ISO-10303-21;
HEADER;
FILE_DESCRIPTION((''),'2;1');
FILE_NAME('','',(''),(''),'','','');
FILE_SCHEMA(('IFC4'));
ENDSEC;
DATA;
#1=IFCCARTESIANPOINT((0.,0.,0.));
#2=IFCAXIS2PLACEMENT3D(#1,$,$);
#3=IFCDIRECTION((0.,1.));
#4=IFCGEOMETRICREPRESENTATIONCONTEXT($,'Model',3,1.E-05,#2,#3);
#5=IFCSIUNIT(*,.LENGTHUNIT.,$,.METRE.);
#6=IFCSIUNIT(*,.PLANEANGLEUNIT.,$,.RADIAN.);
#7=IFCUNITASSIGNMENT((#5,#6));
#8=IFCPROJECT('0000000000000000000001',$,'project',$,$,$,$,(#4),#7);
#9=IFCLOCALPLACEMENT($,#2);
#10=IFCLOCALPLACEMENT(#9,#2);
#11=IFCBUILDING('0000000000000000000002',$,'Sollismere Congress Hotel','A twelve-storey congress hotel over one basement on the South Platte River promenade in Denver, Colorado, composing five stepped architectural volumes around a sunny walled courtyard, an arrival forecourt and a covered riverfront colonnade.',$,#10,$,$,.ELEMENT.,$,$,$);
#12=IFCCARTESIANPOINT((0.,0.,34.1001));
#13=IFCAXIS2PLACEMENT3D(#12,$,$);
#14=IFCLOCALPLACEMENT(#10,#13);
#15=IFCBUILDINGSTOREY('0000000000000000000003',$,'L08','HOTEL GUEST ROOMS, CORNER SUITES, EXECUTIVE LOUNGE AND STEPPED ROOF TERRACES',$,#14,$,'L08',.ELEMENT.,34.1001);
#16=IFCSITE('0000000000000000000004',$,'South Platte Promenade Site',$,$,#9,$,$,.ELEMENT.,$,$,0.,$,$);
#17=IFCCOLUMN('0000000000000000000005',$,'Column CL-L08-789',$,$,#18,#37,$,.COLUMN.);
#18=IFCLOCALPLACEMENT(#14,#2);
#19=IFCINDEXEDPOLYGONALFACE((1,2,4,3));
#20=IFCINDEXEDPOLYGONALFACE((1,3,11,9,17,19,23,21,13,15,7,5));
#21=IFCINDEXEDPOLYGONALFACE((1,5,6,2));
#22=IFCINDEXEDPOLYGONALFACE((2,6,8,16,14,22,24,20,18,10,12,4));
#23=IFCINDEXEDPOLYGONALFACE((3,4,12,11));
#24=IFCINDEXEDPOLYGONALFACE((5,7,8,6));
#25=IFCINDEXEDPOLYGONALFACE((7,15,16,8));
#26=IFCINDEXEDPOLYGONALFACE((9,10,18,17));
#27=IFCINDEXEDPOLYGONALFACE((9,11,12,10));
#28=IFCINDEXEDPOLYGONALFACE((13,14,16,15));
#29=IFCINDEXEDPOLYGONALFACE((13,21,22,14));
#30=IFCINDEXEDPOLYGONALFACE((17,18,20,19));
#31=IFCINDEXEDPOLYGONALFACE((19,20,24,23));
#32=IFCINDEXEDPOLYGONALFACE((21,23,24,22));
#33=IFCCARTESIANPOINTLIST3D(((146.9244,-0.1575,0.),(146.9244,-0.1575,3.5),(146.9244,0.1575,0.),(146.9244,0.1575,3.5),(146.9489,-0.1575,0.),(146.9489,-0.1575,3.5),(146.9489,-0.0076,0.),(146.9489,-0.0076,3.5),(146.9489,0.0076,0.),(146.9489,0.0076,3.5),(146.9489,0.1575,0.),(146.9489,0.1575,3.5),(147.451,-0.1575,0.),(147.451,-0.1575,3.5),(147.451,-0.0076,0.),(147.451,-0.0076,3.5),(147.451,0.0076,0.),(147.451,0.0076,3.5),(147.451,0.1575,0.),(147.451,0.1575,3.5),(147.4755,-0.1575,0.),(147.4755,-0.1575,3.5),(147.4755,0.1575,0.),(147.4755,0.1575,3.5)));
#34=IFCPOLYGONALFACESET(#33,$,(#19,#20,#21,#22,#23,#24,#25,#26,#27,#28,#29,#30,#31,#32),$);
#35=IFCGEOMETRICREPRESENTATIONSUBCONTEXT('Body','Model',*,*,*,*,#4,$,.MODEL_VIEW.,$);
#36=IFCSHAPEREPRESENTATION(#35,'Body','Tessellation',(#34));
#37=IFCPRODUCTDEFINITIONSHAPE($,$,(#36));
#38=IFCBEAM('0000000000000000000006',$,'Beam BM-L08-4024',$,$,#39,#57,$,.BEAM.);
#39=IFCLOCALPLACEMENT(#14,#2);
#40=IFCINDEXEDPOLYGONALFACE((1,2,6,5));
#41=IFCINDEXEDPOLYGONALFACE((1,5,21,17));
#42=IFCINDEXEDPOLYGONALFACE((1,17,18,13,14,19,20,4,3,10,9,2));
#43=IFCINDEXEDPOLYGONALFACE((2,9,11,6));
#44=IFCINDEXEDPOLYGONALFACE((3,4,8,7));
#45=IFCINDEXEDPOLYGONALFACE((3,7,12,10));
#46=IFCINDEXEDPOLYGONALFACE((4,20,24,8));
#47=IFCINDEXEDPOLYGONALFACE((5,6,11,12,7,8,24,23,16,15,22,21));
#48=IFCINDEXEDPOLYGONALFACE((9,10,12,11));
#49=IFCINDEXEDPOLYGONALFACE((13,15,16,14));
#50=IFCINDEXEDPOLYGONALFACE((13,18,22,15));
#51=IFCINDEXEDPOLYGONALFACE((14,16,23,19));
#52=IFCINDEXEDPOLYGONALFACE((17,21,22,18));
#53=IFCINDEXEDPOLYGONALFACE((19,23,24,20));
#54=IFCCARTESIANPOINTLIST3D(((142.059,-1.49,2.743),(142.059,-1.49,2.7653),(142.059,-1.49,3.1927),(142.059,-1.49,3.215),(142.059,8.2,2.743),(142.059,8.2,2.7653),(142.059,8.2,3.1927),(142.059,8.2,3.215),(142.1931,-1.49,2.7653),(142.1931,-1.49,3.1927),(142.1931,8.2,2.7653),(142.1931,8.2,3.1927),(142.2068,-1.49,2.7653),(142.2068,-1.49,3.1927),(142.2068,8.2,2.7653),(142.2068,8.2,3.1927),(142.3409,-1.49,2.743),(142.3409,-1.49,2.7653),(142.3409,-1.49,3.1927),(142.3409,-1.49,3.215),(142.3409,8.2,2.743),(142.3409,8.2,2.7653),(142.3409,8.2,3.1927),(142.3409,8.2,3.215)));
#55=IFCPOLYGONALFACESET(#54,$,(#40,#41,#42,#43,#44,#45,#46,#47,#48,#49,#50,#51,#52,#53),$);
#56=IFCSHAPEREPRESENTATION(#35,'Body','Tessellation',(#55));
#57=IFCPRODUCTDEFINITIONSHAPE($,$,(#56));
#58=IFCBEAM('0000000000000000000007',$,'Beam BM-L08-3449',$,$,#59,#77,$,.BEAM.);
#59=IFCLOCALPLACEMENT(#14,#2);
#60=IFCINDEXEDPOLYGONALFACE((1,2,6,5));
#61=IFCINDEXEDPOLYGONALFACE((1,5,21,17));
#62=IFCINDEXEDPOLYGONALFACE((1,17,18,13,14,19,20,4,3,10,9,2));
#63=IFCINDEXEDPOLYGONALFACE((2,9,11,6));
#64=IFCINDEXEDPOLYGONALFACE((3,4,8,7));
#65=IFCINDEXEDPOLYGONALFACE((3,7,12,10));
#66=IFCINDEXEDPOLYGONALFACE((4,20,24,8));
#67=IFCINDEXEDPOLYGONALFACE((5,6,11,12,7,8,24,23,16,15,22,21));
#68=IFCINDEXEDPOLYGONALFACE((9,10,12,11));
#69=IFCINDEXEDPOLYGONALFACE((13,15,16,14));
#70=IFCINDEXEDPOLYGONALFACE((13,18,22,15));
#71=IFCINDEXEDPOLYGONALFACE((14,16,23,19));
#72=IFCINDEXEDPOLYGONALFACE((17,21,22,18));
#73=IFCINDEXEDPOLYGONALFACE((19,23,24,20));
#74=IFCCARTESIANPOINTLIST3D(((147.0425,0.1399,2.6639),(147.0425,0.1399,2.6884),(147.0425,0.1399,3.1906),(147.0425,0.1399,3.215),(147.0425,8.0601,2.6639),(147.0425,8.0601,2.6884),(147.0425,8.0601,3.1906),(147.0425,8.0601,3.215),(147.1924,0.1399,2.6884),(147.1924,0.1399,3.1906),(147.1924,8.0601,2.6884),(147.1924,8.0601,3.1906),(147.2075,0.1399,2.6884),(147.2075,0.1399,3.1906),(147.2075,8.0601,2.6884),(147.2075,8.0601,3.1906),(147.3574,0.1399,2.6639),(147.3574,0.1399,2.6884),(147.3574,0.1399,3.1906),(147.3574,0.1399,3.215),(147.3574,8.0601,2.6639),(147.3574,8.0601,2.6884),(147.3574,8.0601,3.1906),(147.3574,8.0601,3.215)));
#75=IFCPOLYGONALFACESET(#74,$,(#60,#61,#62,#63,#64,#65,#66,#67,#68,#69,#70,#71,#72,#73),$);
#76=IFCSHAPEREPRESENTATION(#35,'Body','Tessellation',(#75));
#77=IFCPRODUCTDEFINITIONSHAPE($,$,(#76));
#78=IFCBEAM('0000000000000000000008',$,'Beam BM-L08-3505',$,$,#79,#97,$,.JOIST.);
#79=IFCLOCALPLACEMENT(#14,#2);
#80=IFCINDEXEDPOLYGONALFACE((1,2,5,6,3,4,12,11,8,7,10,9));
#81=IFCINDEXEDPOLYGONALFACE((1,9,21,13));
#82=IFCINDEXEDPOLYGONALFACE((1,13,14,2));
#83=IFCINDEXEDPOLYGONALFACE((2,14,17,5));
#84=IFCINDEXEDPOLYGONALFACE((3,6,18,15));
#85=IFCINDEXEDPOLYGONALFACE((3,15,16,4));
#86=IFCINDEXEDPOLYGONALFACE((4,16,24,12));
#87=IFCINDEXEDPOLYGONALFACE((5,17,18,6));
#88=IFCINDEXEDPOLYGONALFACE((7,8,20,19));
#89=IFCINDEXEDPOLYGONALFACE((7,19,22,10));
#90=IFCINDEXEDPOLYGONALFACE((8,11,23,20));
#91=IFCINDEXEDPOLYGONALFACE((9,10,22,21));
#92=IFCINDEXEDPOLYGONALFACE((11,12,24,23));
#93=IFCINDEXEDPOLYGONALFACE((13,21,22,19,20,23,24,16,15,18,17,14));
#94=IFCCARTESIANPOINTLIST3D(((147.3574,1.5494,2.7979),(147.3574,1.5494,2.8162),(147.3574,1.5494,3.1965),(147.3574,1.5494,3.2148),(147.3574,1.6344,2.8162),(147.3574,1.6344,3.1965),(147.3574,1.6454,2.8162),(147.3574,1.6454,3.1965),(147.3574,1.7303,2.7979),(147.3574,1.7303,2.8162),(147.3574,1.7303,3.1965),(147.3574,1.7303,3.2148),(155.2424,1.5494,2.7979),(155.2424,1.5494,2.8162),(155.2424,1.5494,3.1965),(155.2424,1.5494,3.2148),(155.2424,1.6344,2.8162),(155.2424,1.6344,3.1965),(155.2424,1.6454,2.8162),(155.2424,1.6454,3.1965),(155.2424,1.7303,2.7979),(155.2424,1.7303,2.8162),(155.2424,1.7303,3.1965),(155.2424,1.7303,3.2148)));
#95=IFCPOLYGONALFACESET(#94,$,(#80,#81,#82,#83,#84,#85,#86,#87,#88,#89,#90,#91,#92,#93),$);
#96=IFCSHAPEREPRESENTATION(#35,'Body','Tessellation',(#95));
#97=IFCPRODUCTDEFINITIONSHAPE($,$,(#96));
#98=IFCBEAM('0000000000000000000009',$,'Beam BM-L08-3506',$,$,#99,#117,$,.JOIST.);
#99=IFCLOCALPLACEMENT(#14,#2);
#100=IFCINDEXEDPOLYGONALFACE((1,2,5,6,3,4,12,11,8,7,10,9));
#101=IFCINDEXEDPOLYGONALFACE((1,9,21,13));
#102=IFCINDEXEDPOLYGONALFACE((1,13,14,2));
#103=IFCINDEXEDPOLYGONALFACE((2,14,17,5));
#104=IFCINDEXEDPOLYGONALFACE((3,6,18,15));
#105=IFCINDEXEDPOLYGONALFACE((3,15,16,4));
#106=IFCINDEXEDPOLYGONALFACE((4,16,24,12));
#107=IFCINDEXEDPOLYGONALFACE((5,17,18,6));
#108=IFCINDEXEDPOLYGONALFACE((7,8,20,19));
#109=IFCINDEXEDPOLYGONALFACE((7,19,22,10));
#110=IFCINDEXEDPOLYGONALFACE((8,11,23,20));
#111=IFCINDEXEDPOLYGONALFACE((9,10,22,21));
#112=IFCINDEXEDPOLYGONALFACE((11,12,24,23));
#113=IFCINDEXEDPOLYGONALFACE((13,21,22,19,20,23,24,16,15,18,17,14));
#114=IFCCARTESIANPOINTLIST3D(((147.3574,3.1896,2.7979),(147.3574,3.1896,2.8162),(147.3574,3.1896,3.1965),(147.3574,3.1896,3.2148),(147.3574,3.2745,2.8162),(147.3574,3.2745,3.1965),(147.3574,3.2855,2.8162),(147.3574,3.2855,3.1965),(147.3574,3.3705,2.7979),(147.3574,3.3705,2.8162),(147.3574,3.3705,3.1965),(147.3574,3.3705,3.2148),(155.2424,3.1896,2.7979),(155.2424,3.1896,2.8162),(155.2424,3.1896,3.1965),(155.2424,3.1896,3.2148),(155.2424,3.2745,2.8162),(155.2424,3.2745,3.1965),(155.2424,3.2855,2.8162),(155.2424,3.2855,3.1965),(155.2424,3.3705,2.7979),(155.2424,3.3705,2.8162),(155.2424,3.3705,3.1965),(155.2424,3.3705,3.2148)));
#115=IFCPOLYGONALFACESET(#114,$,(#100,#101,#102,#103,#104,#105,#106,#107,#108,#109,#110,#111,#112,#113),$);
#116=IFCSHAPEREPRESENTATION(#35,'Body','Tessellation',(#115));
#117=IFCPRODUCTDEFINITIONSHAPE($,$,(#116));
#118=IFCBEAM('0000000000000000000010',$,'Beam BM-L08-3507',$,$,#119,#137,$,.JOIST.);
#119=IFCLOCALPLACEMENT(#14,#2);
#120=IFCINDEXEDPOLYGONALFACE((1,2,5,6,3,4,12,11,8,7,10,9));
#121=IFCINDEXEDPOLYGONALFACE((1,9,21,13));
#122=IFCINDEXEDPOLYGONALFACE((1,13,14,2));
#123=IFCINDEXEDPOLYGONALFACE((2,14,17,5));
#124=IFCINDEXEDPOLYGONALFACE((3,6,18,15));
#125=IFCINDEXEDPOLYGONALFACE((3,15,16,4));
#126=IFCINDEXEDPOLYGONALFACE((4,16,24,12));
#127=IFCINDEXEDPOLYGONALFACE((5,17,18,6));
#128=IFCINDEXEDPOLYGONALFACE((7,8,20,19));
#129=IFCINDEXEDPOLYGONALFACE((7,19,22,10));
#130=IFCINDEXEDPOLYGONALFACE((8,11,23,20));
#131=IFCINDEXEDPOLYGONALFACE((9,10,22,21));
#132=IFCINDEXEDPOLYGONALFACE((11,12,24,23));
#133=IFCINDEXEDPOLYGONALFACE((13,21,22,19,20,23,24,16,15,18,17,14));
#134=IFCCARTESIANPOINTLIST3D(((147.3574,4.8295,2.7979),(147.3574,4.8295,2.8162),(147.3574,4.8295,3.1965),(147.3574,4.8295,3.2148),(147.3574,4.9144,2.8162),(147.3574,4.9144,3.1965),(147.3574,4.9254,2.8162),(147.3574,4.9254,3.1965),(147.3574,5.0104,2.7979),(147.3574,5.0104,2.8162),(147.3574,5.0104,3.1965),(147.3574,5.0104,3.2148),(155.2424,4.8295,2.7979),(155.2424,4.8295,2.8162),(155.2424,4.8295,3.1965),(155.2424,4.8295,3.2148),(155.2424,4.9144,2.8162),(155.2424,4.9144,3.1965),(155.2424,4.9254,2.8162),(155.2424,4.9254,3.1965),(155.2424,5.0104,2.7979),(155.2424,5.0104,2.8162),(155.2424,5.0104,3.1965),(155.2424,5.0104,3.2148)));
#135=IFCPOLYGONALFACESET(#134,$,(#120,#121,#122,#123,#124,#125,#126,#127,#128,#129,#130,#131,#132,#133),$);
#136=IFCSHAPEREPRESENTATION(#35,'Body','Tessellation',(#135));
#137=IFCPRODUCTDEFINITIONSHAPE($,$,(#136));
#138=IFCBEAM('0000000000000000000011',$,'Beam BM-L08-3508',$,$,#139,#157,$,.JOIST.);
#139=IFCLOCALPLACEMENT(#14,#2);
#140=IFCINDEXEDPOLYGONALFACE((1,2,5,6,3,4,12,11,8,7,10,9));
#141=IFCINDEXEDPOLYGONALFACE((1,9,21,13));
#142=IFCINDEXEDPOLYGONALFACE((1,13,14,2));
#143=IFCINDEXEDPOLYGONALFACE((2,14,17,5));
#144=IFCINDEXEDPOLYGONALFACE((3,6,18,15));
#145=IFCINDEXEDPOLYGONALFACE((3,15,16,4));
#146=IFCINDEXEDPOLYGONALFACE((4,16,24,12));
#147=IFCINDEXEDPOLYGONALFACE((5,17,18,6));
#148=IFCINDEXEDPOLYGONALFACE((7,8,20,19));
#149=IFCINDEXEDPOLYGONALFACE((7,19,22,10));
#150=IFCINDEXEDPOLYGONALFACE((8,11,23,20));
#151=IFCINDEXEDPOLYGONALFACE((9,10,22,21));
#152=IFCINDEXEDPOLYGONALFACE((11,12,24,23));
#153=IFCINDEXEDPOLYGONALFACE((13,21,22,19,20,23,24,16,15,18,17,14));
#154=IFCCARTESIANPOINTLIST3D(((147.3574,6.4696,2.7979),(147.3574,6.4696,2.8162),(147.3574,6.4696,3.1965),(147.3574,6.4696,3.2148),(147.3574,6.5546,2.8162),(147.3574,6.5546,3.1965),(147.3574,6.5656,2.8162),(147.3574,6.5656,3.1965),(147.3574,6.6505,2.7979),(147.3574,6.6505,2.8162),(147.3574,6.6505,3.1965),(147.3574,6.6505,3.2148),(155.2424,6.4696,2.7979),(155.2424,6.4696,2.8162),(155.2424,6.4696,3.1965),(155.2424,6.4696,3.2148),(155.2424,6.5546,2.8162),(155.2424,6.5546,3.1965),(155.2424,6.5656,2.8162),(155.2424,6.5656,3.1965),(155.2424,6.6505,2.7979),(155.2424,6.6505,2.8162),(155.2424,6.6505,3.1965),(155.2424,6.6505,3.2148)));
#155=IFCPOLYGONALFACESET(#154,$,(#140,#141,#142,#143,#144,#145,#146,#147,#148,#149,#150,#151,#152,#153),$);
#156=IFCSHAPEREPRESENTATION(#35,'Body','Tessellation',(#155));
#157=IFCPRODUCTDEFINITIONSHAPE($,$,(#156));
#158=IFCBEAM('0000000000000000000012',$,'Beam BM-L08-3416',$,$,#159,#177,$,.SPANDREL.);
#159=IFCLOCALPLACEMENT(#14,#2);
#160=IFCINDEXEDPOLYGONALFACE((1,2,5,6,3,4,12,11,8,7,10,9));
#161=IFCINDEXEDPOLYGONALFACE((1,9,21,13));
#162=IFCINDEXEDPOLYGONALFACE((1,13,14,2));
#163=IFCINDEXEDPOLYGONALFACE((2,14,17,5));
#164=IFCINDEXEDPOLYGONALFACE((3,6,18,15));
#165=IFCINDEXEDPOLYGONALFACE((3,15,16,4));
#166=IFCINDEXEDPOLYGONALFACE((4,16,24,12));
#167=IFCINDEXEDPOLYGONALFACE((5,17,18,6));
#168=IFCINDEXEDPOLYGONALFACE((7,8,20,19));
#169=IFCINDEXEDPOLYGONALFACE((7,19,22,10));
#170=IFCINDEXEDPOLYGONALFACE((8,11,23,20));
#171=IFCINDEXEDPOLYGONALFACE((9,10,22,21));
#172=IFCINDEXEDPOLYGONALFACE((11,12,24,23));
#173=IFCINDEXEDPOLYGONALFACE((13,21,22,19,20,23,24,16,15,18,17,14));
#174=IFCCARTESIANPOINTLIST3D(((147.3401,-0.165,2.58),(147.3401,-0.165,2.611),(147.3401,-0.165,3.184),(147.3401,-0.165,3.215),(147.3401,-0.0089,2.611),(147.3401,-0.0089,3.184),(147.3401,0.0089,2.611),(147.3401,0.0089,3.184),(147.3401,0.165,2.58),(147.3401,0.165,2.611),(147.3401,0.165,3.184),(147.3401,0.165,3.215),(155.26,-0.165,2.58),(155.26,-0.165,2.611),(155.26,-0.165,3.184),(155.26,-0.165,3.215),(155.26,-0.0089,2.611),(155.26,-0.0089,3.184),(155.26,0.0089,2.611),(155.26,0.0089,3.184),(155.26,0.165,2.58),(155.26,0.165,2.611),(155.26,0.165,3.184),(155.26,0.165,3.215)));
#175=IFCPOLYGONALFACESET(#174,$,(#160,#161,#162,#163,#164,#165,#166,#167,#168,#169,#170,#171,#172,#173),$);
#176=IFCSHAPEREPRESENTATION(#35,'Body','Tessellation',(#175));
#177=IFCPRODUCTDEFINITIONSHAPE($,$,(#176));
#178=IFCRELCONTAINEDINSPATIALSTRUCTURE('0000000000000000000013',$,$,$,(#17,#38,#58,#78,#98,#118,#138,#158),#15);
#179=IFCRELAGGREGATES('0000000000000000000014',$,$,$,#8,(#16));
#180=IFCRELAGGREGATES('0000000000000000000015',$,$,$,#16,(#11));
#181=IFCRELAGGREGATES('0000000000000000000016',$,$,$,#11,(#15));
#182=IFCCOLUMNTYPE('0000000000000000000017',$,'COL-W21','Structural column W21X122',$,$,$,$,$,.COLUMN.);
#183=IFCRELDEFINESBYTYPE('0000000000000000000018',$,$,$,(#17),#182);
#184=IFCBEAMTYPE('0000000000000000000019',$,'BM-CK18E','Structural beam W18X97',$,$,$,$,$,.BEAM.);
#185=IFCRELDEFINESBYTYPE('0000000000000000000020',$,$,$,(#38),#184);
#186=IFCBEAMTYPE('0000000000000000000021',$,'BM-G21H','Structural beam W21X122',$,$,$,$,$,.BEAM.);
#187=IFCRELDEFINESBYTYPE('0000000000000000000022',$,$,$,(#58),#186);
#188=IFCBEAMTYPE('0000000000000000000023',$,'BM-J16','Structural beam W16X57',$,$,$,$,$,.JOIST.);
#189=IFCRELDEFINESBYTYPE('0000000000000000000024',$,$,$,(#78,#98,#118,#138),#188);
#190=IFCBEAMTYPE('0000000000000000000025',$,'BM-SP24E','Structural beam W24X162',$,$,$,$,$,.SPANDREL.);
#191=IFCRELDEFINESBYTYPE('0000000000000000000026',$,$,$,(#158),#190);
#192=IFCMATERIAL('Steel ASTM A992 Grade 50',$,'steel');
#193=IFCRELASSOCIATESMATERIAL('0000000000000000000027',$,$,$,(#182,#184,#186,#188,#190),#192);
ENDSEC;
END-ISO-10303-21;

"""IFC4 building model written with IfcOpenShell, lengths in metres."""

from ifc_helpers import new_model, si_unit, direction, frame, origin, origin_2d, place, context, subcontext, project, spatial, i_section, extrude, material, material_profile, profile_set, type_object, element, save


model = new_model("IFC4")

# Units and contexts
model_context = context("Model", 3, precision=1e-05, world=origin(), true_north=direction((0.0, 1.0)))
body_context = subcontext(model_context, "Body", "Model", "MODEL_VIEW")
ifc_project = project(units=[si_unit("LENGTHUNIT", "METRE"), si_unit("PLANEANGLEUNIT", "RADIAN")], contexts=[model_context])

# Site, building, storey
site_placement = place(None, origin())
site = spatial("IfcSite", under=ifc_project, at=site_placement, Name="South Platte Promenade Site", CompositionType="ELEMENT", RefElevation=0.0)
building_placement = place(site_placement, origin())
building = spatial("IfcBuilding", under=site, at=building_placement, Name="Sollismere Congress Hotel", Description="A twelve-storey congress hotel over one basement on the South Platte River promenade in Denver, Colorado, composing five stepped architectural volumes around a sunny walled courtyard, an arrival forecourt and a covered riverfront colonnade.", CompositionType="ELEMENT")
storey_placement = place(building_placement, frame((0.0, 0.0, 34.1001)))
storey = spatial("IfcBuildingStorey", under=building, at=storey_placement, Name="L08", Description="HOTEL GUEST ROOMS, CORNER SUITES, EXECUTIVE LOUNGE AND STEPPED ROOF TERRACES", LongName="L08", CompositionType="ELEMENT", Elevation=34.1001)

# Column
ifc_material_1 = material(Name="Steel ASTM A992 Grade 50", Category="steel")
ifc_material_profile_1 = material_profile(ifc_material_1, i_section(OverallWidth=0.3149, OverallDepth=0.551, WebThickness=0.0151, FlangeThickness=0.0244, at=origin_2d()), Name="W21X122")
ifc_profile_set_1 = profile_set([ifc_material_profile_1], Name="Steel ASTM A992 Grade 50")
column_type = type_object("IfcColumnType", Name="COL-W21", Description="Structural column W21X122", PredefinedType="COLUMN", material=ifc_profile_set_1)
column_placement = place(storey_placement, frame((147.2, 0.0, 0.0), z_axis=(0.0, 0.0, 1.0), x_axis=(0.0, 1.0, 0.0)))
element("IfcColumn", 1, at=column_placement, inside=storey, type_object=column_type, Name="Column CL-L08-789", PredefinedType="COLUMN", context=body_context, shape_type="SweptSolid", body=[
    extrude(i_section(OverallWidth=0.3149, OverallDepth=0.551, WebThickness=0.0151, FlangeThickness=0.0244, at=origin_2d()), origin(), (0.0, 0.0, 1.0), 3.5),
])

# Beams
ifc_material_profile_2 = material_profile(ifc_material_1, i_section(OverallWidth=0.282, OverallDepth=0.4719, WebThickness=0.0137, FlangeThickness=0.0222, at=origin_2d()), Name="W18X97")
ifc_profile_set_2 = profile_set([ifc_material_profile_2], Name="Steel ASTM A992 Grade 50")
beam_type_1 = type_object("IfcBeamType", Name="BM-CK18E", Description="Structural beam W18X97", PredefinedType="BEAM", material=ifc_profile_set_2)
beam_1_placement = place(storey_placement, frame((142.2, 8.2, 2.979), z_axis=(0.0, -1.0, 0.0), x_axis=(1.0, 0.0, 0.0)))
element("IfcBeam", 2, at=beam_1_placement, inside=storey, type_object=beam_type_1, Name="Beam BM-L08-4024", PredefinedType="BEAM", context=body_context, shape_type="SweptSolid", body=[
    extrude(i_section(OverallWidth=0.282, OverallDepth=0.4719, WebThickness=0.0137, FlangeThickness=0.0222, at=origin_2d()), origin(), (0.0, 0.0, 1.0), 9.6899),
])
ifc_material_profile_3 = material_profile(ifc_material_1, i_section(OverallWidth=0.3149, OverallDepth=0.551, WebThickness=0.0151, FlangeThickness=0.0244, at=origin_2d()), Name="W21X122")
ifc_profile_set_3 = profile_set([ifc_material_profile_3], Name="Steel ASTM A992 Grade 50")
beam_type_2 = type_object("IfcBeamType", Name="BM-G21H", Description="Structural beam W21X122", PredefinedType="BEAM", material=ifc_profile_set_3)
beam_2_placement = place(storey_placement, frame((147.2, 0.1399, 2.9395), z_axis=(0.0, 1.0, 0.0), x_axis=(-1.0, 0.0, 0.0)))
element("IfcBeam", 3, at=beam_2_placement, inside=storey, type_object=beam_type_2, Name="Beam BM-L08-3449", PredefinedType="BEAM", context=body_context, shape_type="SweptSolid", body=[
    extrude(i_section(OverallWidth=0.3149, OverallDepth=0.551, WebThickness=0.0151, FlangeThickness=0.0244, at=origin_2d()), origin(), (0.0, 0.0, 1.0), 7.9202),
])
ifc_material_profile_4 = material_profile(ifc_material_1, i_section(OverallWidth=0.1809, OverallDepth=0.417, WebThickness=0.011, FlangeThickness=0.0183, at=origin_2d()), Name="W16X57")
ifc_profile_set_4 = profile_set([ifc_material_profile_4], Name="Steel ASTM A992 Grade 50")
beam_type_3 = type_object("IfcBeamType", Name="BM-J16", Description="Structural beam W16X57", PredefinedType="JOIST", material=ifc_profile_set_4)
for number, where, z_axis, x_axis, name in (
    (4, (147.3574, 1.6399, 3.0063), (1.0, 0.0, 0.0), (0.0, 1.0, 0.0), "Beam BM-L08-3505"),
    (5, (147.3574, 3.28, 3.0063), (1.0, 0.0, 0.0), (0.0, 1.0, 0.0), "Beam BM-L08-3506"),
    (6, (147.3574, 4.9199, 3.0063), (1.0, 0.0, 0.0), (0.0, 1.0, 0.0), "Beam BM-L08-3507"),
    (7, (147.3574, 6.5601, 3.0063), (1.0, 0.0, 0.0), (0.0, 1.0, 0.0), "Beam BM-L08-3508"),
):
    element("IfcBeam", number, at=place(storey_placement, frame(where, z_axis=z_axis, x_axis=x_axis)), inside=storey, type_object=beam_type_3, Name=name, PredefinedType="JOIST", context=body_context, shape_type="SweptSolid", body=[
        extrude(i_section(OverallWidth=0.1809, OverallDepth=0.417, WebThickness=0.011, FlangeThickness=0.0183, at=origin_2d()), origin(), (0.0, 0.0, 1.0), 7.885),
    ])
ifc_material_profile_5 = material_profile(ifc_material_1, i_section(OverallWidth=0.3301, OverallDepth=0.635, WebThickness=0.0178, FlangeThickness=0.031, at=origin_2d()), Name="W24X162")
ifc_profile_set_5 = profile_set([ifc_material_profile_5], Name="Steel ASTM A992 Grade 50")
beam_type_4 = type_object("IfcBeamType", Name="BM-SP24E", Description="Structural beam W24X162", PredefinedType="SPANDREL", material=ifc_profile_set_5)
beam_3_placement = place(storey_placement, frame((147.3401, 0.0, 2.8975), z_axis=(1.0, 0.0, 0.0), x_axis=(0.0, 1.0, 0.0)))
element("IfcBeam", 8, at=beam_3_placement, inside=storey, type_object=beam_type_4, Name="Beam BM-L08-3416", PredefinedType="SPANDREL", context=body_context, shape_type="SweptSolid", body=[
    extrude(i_section(OverallWidth=0.3301, OverallDepth=0.635, WebThickness=0.0178, FlangeThickness=0.031, at=origin_2d()), origin(), (0.0, 0.0, 1.0), 7.9199),
])

save(model, "model.ifc")
